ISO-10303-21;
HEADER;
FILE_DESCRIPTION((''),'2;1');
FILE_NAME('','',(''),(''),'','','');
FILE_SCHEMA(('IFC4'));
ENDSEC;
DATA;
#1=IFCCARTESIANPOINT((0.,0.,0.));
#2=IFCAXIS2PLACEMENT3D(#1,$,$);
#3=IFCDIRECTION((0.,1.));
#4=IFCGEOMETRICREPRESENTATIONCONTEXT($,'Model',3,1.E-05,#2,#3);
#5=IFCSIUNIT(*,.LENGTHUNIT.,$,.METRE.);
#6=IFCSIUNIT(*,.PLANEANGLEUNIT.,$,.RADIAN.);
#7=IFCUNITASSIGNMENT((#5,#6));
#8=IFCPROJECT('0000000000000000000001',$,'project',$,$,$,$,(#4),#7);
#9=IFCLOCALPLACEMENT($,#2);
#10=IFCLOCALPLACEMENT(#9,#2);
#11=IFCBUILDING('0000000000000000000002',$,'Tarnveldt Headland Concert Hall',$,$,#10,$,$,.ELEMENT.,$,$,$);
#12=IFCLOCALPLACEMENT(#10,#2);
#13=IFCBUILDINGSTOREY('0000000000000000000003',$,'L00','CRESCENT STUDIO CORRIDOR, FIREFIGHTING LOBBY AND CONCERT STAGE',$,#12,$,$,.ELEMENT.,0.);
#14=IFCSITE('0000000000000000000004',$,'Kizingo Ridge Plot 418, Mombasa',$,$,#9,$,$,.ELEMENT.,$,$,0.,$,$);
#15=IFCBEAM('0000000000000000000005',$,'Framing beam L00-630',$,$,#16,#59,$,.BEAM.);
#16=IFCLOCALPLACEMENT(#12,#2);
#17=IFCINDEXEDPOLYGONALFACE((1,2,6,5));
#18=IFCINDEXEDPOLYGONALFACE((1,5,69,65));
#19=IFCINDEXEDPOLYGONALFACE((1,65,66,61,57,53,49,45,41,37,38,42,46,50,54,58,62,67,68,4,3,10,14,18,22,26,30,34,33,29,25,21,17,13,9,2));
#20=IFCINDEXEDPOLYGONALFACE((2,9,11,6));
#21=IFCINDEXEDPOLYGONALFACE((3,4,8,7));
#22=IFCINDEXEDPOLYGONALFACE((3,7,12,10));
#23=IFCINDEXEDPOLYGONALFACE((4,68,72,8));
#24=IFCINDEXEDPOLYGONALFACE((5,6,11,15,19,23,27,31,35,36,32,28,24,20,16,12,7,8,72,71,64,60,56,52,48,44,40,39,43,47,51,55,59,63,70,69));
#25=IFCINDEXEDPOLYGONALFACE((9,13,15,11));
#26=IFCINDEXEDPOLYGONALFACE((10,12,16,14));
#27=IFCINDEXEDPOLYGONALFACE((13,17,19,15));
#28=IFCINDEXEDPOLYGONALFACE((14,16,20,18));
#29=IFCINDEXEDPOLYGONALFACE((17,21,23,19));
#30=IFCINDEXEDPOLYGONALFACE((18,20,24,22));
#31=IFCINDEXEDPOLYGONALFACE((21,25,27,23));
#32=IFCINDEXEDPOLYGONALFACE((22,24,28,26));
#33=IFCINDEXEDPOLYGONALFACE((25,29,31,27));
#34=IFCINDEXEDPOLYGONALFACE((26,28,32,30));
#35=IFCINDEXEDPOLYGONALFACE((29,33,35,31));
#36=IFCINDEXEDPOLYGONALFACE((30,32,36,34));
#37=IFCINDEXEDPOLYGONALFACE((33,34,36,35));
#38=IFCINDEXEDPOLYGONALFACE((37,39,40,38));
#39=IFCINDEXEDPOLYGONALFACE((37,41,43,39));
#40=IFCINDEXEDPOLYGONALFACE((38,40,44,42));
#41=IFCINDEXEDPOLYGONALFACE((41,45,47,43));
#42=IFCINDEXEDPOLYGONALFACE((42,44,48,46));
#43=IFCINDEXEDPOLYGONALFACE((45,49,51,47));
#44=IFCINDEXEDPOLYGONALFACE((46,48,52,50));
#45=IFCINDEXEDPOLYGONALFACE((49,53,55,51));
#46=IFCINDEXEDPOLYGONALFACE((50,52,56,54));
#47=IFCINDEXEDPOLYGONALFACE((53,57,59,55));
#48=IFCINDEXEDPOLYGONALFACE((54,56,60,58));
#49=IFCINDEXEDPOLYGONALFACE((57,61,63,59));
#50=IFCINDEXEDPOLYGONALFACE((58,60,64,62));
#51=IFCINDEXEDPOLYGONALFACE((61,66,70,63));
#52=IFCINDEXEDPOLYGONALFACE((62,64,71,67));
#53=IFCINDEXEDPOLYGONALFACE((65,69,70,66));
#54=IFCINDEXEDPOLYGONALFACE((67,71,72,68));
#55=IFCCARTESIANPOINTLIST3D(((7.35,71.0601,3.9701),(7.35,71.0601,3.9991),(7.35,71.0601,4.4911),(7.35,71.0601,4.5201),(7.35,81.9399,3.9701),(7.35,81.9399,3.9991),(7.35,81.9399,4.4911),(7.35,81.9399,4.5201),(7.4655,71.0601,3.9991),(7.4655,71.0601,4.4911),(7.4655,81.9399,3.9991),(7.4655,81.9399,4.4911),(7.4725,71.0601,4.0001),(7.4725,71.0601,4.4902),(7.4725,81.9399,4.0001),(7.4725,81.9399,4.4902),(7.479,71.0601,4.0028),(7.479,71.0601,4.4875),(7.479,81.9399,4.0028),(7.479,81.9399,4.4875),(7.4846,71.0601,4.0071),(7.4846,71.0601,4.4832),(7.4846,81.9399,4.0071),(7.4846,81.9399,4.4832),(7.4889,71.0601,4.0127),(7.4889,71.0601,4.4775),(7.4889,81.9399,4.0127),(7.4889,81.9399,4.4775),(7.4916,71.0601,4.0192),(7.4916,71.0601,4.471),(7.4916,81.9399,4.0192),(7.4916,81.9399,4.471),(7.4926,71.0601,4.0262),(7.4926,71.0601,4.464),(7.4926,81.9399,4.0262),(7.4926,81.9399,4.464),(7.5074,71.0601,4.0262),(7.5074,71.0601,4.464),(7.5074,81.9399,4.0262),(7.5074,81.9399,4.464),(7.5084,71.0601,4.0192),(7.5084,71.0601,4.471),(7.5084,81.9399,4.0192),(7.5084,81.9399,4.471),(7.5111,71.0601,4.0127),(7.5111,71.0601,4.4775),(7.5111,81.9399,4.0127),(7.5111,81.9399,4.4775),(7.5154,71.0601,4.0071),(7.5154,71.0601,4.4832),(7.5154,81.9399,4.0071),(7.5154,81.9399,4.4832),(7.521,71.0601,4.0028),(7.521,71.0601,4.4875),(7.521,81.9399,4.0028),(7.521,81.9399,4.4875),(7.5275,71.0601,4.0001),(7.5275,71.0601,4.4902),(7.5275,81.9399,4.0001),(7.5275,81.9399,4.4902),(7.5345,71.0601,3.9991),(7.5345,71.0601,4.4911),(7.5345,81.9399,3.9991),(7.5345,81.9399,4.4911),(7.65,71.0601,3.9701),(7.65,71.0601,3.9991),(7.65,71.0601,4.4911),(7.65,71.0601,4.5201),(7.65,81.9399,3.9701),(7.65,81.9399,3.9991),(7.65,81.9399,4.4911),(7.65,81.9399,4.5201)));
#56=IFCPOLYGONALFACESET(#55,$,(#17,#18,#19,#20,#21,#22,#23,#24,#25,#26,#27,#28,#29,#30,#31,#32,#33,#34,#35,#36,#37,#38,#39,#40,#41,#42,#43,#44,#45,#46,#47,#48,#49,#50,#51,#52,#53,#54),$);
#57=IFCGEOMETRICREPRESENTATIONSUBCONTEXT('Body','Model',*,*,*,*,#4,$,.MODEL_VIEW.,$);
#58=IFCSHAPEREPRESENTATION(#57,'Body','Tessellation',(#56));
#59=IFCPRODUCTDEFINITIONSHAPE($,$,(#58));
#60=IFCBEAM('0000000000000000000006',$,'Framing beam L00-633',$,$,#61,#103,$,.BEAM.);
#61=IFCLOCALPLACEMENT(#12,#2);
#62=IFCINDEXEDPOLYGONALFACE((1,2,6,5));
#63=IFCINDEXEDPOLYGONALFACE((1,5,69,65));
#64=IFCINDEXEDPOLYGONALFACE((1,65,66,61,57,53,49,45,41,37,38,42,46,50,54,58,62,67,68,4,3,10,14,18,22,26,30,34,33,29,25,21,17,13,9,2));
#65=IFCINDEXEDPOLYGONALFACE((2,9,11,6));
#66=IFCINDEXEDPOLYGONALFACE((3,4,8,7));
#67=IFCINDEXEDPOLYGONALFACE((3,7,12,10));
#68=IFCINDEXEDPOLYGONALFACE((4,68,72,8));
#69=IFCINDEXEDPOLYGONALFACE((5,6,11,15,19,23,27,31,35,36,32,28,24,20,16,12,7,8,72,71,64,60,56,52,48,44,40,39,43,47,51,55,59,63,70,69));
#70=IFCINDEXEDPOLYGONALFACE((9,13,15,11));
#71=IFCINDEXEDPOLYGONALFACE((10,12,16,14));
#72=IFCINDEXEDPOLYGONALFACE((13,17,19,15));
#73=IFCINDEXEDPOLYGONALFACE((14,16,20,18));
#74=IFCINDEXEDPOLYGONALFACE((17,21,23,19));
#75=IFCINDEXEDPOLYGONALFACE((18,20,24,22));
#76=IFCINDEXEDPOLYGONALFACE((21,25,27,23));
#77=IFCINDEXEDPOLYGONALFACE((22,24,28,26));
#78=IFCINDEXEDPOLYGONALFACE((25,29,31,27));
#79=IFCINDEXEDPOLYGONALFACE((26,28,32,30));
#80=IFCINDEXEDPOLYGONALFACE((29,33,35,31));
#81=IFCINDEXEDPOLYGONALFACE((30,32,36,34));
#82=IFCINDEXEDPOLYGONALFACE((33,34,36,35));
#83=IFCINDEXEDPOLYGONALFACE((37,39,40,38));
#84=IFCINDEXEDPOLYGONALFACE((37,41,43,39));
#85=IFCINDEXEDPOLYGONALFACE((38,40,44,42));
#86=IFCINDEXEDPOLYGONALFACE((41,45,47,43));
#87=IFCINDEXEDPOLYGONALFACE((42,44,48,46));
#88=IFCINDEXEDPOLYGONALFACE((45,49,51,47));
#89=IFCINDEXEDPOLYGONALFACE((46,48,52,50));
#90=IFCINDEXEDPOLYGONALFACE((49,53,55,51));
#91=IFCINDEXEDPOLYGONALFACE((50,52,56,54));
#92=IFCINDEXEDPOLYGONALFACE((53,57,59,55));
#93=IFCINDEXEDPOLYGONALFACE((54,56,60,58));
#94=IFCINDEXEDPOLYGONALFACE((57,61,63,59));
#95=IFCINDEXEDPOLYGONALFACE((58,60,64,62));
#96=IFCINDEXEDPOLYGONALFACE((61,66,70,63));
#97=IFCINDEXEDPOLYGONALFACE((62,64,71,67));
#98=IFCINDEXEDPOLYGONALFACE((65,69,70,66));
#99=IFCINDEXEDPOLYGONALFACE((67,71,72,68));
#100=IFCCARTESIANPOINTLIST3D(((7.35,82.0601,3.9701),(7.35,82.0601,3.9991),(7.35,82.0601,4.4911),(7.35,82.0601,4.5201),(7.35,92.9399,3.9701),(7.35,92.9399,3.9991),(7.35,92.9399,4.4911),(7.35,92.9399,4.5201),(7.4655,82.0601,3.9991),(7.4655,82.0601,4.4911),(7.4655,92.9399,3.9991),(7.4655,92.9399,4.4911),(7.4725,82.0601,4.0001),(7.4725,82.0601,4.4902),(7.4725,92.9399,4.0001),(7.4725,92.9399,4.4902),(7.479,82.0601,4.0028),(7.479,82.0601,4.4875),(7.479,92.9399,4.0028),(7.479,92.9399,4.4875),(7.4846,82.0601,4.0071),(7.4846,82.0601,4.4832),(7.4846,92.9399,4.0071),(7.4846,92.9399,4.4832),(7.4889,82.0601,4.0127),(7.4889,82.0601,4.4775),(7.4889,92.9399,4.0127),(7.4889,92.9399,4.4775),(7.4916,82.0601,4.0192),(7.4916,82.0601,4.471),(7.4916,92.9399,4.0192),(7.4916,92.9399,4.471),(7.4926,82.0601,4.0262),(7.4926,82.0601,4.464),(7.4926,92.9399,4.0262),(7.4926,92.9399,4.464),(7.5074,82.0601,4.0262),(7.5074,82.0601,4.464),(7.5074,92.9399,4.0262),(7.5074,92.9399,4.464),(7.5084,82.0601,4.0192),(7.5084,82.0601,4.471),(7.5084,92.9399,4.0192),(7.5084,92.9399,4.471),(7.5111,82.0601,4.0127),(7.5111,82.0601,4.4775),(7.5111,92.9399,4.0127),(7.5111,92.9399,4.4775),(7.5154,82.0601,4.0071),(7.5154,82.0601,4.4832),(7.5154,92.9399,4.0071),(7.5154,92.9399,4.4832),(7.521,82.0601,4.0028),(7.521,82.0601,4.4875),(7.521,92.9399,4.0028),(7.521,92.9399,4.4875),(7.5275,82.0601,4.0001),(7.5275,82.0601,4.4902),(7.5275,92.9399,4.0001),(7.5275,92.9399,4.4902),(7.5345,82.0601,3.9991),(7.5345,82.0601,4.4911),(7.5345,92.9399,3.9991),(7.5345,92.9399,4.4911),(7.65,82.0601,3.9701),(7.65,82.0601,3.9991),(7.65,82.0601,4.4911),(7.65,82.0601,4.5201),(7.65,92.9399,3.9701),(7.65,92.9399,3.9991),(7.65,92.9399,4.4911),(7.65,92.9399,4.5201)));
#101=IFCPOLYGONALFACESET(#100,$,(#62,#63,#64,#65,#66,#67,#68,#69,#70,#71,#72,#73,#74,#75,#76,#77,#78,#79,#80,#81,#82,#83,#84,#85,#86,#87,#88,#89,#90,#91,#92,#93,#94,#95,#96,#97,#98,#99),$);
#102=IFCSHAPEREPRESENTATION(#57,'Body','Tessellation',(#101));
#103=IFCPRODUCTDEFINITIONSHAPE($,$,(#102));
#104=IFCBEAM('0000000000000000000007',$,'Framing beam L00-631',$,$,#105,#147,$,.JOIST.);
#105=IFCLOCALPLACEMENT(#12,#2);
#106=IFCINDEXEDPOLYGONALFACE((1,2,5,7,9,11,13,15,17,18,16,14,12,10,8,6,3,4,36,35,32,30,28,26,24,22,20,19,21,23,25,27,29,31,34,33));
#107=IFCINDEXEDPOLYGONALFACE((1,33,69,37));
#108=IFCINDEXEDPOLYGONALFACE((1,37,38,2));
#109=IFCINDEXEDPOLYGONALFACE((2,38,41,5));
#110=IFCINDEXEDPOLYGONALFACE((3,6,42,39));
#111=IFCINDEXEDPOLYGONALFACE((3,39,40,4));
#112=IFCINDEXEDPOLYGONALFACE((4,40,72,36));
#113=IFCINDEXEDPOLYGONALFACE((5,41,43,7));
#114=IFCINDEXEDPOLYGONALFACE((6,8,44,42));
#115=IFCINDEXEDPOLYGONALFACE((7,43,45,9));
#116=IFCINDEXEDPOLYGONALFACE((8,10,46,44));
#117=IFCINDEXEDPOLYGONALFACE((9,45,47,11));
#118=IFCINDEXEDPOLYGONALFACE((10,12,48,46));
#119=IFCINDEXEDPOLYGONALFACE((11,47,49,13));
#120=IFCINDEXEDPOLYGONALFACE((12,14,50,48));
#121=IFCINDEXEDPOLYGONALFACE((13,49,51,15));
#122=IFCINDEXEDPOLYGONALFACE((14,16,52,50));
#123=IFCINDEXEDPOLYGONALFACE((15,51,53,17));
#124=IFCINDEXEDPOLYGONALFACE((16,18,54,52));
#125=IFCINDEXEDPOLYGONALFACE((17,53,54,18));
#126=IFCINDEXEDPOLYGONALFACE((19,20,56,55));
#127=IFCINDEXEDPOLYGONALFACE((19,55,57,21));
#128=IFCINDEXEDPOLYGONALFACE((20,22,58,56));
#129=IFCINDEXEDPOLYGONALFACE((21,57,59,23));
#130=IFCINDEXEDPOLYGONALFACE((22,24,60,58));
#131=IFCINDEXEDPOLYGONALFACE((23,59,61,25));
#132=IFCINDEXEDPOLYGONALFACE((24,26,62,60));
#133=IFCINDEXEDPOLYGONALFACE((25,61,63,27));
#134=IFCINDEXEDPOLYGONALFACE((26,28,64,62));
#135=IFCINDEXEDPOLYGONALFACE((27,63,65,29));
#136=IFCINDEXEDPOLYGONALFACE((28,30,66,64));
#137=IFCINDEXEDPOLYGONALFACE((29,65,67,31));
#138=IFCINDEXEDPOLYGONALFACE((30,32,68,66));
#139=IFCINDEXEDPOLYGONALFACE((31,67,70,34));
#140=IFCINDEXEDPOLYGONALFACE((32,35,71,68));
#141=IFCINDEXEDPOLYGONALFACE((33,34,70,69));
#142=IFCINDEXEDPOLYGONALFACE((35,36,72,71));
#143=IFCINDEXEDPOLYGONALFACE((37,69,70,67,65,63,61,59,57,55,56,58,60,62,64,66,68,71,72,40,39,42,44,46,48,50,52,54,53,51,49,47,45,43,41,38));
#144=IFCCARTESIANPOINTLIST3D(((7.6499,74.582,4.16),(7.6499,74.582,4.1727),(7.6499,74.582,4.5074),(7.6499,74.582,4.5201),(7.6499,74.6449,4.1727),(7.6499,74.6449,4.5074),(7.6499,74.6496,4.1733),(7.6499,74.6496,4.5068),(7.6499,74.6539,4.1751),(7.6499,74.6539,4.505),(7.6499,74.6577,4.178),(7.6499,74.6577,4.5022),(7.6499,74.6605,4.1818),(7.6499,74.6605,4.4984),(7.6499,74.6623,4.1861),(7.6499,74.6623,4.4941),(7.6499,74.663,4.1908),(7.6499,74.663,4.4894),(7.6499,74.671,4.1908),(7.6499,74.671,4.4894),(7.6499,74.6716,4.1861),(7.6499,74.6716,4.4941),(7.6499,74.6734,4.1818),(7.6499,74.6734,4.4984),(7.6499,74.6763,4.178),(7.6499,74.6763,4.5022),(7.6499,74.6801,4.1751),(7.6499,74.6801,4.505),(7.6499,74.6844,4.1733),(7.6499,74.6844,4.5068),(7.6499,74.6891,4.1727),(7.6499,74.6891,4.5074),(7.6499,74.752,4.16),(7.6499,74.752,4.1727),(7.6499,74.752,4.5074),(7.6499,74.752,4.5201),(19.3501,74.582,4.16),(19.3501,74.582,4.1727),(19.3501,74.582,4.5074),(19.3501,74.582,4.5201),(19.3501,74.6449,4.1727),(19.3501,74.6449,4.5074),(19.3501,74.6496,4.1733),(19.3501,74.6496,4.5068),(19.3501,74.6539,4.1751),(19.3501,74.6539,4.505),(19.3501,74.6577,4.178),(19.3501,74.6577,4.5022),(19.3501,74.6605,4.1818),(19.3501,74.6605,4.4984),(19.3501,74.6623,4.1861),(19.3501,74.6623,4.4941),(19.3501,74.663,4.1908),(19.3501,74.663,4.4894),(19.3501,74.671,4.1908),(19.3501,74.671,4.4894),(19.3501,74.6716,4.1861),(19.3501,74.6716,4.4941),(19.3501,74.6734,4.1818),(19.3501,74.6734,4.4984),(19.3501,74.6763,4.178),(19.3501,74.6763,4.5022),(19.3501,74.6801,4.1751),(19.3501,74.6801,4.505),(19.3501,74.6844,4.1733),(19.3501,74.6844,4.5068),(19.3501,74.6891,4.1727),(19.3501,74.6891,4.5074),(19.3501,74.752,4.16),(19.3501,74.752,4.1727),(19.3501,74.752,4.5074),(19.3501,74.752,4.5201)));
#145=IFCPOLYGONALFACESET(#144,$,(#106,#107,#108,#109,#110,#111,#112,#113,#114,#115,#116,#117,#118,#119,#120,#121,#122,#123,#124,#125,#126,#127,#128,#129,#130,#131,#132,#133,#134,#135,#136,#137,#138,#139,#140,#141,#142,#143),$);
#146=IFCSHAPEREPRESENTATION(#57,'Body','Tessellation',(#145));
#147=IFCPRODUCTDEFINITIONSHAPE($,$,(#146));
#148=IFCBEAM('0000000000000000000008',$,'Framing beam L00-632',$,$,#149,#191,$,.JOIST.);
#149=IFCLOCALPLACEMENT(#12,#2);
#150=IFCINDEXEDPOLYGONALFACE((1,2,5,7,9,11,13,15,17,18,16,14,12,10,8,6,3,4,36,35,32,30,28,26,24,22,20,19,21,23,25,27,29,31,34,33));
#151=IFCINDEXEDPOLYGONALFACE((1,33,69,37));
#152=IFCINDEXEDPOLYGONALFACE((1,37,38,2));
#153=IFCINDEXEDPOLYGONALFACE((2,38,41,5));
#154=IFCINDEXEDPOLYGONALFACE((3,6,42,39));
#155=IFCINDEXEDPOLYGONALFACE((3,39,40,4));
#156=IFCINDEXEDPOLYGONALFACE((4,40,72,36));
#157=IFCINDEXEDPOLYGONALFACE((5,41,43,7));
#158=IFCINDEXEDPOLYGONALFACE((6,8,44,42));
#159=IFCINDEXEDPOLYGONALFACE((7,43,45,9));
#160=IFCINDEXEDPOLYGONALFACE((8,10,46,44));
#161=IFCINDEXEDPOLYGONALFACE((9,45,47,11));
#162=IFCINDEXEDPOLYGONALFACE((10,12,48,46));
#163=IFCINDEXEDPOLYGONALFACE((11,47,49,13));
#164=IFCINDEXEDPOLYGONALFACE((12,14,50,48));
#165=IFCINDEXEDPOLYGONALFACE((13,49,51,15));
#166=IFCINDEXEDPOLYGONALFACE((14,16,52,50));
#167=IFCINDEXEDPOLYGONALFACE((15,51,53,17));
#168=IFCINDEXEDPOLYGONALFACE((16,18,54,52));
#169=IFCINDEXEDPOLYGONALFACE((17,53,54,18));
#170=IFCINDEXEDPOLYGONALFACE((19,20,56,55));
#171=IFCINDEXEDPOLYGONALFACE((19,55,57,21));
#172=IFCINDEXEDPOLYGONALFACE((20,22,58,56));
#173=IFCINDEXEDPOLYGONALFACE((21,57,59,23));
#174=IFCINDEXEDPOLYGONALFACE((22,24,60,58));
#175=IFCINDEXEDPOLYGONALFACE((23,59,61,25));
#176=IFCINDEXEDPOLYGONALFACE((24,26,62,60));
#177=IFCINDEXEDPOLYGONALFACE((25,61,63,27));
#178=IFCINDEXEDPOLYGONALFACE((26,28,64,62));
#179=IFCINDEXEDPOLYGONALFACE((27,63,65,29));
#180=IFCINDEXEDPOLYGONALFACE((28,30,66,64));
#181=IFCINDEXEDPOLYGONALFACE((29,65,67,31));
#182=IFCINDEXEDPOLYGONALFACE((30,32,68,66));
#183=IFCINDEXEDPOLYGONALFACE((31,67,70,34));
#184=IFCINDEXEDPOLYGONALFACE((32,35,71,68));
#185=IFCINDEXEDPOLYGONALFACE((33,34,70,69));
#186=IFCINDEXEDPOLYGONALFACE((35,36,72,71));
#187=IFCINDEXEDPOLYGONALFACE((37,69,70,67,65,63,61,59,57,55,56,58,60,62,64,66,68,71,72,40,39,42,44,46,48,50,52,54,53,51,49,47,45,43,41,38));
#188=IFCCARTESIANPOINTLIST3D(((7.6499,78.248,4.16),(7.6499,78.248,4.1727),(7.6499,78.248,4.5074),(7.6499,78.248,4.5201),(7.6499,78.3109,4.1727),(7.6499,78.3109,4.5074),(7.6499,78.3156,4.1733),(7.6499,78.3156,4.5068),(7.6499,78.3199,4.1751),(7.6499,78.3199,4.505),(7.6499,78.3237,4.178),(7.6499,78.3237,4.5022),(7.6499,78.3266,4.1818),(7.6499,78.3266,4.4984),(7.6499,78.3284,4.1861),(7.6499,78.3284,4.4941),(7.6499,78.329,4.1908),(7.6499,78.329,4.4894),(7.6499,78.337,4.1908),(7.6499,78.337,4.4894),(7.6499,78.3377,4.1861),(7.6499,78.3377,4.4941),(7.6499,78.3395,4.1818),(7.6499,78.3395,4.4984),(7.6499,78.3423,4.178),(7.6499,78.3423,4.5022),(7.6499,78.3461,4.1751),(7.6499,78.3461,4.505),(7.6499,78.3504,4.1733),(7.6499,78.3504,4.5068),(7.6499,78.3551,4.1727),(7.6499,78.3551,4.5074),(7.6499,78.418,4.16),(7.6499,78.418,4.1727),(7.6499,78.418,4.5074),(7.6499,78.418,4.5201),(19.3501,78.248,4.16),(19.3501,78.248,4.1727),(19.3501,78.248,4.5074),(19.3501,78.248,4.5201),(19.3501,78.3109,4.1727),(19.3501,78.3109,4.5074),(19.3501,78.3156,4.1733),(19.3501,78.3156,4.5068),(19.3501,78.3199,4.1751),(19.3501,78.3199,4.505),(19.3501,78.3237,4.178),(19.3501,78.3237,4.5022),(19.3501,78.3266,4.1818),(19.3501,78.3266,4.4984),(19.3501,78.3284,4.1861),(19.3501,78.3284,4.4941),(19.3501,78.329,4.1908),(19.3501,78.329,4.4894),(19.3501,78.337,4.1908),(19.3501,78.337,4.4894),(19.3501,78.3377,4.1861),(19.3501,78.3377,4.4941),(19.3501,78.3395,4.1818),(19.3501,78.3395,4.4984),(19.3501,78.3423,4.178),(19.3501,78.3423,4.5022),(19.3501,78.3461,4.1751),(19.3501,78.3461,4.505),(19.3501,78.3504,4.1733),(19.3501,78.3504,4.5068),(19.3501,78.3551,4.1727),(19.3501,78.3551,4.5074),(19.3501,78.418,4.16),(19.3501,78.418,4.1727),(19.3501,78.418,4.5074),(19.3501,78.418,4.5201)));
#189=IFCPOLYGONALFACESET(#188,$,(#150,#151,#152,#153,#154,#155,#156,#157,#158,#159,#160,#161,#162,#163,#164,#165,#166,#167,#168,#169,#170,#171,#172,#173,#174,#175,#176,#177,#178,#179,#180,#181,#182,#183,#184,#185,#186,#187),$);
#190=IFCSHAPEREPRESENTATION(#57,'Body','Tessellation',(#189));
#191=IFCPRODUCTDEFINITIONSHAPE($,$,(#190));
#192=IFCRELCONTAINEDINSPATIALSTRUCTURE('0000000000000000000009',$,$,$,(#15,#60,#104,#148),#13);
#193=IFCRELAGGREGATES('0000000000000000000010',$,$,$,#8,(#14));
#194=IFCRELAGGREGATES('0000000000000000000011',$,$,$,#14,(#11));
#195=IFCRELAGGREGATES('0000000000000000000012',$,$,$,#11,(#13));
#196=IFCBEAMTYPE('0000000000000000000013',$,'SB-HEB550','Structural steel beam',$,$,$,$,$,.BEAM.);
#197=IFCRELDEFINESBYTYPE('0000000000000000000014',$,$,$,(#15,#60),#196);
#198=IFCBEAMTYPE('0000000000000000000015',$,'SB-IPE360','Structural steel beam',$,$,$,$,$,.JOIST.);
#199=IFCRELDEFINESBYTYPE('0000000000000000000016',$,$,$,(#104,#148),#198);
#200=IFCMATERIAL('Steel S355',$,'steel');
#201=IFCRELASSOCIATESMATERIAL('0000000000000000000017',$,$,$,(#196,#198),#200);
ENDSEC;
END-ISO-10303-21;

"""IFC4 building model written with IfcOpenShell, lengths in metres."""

from ifc_helpers import new_model, si_unit, direction, frame, origin, origin_2d, place, context, subcontext, project, spatial, i_section, extrude, material, material_profile, profile_set, type_object, element, save


model = new_model("IFC4")

# Units and contexts
model_context = context("Model", 3, precision=1e-05, world=origin(), true_north=direction((0.0, 1.0)))
body_context = subcontext(model_context, "Body", "Model", "MODEL_VIEW")
ifc_project = project(units=[si_unit("LENGTHUNIT", "METRE"), si_unit("PLANEANGLEUNIT", "RADIAN")], contexts=[model_context])

# Site, building, storey
site_placement = place(None, origin())
site = spatial("IfcSite", under=ifc_project, at=site_placement, Name="Kizingo Ridge Plot 418, Mombasa", CompositionType="ELEMENT", RefElevation=0.0)
building_placement = place(site_placement, origin())
building = spatial("IfcBuilding", under=site, at=building_placement, Name="Tarnveldt Headland Concert Hall", CompositionType="ELEMENT")
storey_placement = place(building_placement, origin())
storey = spatial("IfcBuildingStorey", under=building, at=storey_placement, Name="L00", Description="CRESCENT STUDIO CORRIDOR, FIREFIGHTING LOBBY AND CONCERT STAGE", CompositionType="ELEMENT", Elevation=0.0)

# Beams
ifc_material_1 = material(Name="Steel S355", Category="steel")
ifc_material_profile_1 = material_profile(ifc_material_1, i_section(OverallWidth=0.3, OverallDepth=0.55, WebThickness=0.0149, FlangeThickness=0.0291, FilletRadius=0.0271, at=origin_2d()), Name="HEB550", Category="steel")
ifc_profile_set_1 = profile_set([ifc_material_profile_1], Name="Steel S355")
beam_type_1 = type_object("IfcBeamType", Name="SB-HEB550", Description="Structural steel beam", PredefinedType="BEAM", material=ifc_profile_set_1)
for number, where, z_axis, x_axis, name in (
    (1, (7.5, 71.0601, 4.2451), (0.0, 1.0, 0.0), (-1.0, 0.0, 0.0), "Framing beam L00-630"),
    (2, (7.5, 82.0601, 4.2451), (0.0, 1.0, 0.0), (-1.0, 0.0, 0.0), "Framing beam L00-633"),
):
    element("IfcBeam", number, at=place(storey_placement, frame(where, z_axis=z_axis, x_axis=x_axis)), inside=storey, type_object=beam_type_1, Name=name, PredefinedType="BEAM", context=body_context, shape_type="SweptSolid", body=[
        extrude(i_section(OverallWidth=0.3, OverallDepth=0.55, WebThickness=0.0149, FlangeThickness=0.0291, FilletRadius=0.0271, at=origin_2d()), origin(), (0.0, 0.0, 1.0), 10.8799),
    ])
ifc_material_profile_2 = material_profile(ifc_material_1, i_section(OverallWidth=0.1699, OverallDepth=0.3601, WebThickness=0.0081, FlangeThickness=0.0127, FilletRadius=0.0181, at=origin_2d()), Name="IPE360", Category="steel")
ifc_profile_set_2 = profile_set([ifc_material_profile_2], Name="Steel S355")
beam_type_2 = type_object("IfcBeamType", Name="SB-IPE360", Description="Structural steel beam", PredefinedType="JOIST", material=ifc_profile_set_2)
for number, where, z_axis, x_axis, name in (
    (3, (7.6499, 74.667, 4.3401), (1.0, 0.0, 0.0), (0.0, 1.0, 0.0), "Framing beam L00-631"),
    (4, (7.6499, 78.333, 4.3401), (1.0, 0.0, 0.0), (0.0, 1.0, 0.0), "Framing beam L00-632"),
):
    element("IfcBeam", number, at=place(storey_placement, frame(where, z_axis=z_axis, x_axis=x_axis)), inside=storey, type_object=beam_type_2, Name=name, PredefinedType="JOIST", context=body_context, shape_type="SweptSolid", body=[
        extrude(i_section(OverallWidth=0.1699, OverallDepth=0.3601, WebThickness=0.0081, FlangeThickness=0.0127, FilletRadius=0.0181, at=origin_2d()), origin(), (0.0, 0.0, 1.0), 11.7002),
    ])

save(model, "model.ifc")
